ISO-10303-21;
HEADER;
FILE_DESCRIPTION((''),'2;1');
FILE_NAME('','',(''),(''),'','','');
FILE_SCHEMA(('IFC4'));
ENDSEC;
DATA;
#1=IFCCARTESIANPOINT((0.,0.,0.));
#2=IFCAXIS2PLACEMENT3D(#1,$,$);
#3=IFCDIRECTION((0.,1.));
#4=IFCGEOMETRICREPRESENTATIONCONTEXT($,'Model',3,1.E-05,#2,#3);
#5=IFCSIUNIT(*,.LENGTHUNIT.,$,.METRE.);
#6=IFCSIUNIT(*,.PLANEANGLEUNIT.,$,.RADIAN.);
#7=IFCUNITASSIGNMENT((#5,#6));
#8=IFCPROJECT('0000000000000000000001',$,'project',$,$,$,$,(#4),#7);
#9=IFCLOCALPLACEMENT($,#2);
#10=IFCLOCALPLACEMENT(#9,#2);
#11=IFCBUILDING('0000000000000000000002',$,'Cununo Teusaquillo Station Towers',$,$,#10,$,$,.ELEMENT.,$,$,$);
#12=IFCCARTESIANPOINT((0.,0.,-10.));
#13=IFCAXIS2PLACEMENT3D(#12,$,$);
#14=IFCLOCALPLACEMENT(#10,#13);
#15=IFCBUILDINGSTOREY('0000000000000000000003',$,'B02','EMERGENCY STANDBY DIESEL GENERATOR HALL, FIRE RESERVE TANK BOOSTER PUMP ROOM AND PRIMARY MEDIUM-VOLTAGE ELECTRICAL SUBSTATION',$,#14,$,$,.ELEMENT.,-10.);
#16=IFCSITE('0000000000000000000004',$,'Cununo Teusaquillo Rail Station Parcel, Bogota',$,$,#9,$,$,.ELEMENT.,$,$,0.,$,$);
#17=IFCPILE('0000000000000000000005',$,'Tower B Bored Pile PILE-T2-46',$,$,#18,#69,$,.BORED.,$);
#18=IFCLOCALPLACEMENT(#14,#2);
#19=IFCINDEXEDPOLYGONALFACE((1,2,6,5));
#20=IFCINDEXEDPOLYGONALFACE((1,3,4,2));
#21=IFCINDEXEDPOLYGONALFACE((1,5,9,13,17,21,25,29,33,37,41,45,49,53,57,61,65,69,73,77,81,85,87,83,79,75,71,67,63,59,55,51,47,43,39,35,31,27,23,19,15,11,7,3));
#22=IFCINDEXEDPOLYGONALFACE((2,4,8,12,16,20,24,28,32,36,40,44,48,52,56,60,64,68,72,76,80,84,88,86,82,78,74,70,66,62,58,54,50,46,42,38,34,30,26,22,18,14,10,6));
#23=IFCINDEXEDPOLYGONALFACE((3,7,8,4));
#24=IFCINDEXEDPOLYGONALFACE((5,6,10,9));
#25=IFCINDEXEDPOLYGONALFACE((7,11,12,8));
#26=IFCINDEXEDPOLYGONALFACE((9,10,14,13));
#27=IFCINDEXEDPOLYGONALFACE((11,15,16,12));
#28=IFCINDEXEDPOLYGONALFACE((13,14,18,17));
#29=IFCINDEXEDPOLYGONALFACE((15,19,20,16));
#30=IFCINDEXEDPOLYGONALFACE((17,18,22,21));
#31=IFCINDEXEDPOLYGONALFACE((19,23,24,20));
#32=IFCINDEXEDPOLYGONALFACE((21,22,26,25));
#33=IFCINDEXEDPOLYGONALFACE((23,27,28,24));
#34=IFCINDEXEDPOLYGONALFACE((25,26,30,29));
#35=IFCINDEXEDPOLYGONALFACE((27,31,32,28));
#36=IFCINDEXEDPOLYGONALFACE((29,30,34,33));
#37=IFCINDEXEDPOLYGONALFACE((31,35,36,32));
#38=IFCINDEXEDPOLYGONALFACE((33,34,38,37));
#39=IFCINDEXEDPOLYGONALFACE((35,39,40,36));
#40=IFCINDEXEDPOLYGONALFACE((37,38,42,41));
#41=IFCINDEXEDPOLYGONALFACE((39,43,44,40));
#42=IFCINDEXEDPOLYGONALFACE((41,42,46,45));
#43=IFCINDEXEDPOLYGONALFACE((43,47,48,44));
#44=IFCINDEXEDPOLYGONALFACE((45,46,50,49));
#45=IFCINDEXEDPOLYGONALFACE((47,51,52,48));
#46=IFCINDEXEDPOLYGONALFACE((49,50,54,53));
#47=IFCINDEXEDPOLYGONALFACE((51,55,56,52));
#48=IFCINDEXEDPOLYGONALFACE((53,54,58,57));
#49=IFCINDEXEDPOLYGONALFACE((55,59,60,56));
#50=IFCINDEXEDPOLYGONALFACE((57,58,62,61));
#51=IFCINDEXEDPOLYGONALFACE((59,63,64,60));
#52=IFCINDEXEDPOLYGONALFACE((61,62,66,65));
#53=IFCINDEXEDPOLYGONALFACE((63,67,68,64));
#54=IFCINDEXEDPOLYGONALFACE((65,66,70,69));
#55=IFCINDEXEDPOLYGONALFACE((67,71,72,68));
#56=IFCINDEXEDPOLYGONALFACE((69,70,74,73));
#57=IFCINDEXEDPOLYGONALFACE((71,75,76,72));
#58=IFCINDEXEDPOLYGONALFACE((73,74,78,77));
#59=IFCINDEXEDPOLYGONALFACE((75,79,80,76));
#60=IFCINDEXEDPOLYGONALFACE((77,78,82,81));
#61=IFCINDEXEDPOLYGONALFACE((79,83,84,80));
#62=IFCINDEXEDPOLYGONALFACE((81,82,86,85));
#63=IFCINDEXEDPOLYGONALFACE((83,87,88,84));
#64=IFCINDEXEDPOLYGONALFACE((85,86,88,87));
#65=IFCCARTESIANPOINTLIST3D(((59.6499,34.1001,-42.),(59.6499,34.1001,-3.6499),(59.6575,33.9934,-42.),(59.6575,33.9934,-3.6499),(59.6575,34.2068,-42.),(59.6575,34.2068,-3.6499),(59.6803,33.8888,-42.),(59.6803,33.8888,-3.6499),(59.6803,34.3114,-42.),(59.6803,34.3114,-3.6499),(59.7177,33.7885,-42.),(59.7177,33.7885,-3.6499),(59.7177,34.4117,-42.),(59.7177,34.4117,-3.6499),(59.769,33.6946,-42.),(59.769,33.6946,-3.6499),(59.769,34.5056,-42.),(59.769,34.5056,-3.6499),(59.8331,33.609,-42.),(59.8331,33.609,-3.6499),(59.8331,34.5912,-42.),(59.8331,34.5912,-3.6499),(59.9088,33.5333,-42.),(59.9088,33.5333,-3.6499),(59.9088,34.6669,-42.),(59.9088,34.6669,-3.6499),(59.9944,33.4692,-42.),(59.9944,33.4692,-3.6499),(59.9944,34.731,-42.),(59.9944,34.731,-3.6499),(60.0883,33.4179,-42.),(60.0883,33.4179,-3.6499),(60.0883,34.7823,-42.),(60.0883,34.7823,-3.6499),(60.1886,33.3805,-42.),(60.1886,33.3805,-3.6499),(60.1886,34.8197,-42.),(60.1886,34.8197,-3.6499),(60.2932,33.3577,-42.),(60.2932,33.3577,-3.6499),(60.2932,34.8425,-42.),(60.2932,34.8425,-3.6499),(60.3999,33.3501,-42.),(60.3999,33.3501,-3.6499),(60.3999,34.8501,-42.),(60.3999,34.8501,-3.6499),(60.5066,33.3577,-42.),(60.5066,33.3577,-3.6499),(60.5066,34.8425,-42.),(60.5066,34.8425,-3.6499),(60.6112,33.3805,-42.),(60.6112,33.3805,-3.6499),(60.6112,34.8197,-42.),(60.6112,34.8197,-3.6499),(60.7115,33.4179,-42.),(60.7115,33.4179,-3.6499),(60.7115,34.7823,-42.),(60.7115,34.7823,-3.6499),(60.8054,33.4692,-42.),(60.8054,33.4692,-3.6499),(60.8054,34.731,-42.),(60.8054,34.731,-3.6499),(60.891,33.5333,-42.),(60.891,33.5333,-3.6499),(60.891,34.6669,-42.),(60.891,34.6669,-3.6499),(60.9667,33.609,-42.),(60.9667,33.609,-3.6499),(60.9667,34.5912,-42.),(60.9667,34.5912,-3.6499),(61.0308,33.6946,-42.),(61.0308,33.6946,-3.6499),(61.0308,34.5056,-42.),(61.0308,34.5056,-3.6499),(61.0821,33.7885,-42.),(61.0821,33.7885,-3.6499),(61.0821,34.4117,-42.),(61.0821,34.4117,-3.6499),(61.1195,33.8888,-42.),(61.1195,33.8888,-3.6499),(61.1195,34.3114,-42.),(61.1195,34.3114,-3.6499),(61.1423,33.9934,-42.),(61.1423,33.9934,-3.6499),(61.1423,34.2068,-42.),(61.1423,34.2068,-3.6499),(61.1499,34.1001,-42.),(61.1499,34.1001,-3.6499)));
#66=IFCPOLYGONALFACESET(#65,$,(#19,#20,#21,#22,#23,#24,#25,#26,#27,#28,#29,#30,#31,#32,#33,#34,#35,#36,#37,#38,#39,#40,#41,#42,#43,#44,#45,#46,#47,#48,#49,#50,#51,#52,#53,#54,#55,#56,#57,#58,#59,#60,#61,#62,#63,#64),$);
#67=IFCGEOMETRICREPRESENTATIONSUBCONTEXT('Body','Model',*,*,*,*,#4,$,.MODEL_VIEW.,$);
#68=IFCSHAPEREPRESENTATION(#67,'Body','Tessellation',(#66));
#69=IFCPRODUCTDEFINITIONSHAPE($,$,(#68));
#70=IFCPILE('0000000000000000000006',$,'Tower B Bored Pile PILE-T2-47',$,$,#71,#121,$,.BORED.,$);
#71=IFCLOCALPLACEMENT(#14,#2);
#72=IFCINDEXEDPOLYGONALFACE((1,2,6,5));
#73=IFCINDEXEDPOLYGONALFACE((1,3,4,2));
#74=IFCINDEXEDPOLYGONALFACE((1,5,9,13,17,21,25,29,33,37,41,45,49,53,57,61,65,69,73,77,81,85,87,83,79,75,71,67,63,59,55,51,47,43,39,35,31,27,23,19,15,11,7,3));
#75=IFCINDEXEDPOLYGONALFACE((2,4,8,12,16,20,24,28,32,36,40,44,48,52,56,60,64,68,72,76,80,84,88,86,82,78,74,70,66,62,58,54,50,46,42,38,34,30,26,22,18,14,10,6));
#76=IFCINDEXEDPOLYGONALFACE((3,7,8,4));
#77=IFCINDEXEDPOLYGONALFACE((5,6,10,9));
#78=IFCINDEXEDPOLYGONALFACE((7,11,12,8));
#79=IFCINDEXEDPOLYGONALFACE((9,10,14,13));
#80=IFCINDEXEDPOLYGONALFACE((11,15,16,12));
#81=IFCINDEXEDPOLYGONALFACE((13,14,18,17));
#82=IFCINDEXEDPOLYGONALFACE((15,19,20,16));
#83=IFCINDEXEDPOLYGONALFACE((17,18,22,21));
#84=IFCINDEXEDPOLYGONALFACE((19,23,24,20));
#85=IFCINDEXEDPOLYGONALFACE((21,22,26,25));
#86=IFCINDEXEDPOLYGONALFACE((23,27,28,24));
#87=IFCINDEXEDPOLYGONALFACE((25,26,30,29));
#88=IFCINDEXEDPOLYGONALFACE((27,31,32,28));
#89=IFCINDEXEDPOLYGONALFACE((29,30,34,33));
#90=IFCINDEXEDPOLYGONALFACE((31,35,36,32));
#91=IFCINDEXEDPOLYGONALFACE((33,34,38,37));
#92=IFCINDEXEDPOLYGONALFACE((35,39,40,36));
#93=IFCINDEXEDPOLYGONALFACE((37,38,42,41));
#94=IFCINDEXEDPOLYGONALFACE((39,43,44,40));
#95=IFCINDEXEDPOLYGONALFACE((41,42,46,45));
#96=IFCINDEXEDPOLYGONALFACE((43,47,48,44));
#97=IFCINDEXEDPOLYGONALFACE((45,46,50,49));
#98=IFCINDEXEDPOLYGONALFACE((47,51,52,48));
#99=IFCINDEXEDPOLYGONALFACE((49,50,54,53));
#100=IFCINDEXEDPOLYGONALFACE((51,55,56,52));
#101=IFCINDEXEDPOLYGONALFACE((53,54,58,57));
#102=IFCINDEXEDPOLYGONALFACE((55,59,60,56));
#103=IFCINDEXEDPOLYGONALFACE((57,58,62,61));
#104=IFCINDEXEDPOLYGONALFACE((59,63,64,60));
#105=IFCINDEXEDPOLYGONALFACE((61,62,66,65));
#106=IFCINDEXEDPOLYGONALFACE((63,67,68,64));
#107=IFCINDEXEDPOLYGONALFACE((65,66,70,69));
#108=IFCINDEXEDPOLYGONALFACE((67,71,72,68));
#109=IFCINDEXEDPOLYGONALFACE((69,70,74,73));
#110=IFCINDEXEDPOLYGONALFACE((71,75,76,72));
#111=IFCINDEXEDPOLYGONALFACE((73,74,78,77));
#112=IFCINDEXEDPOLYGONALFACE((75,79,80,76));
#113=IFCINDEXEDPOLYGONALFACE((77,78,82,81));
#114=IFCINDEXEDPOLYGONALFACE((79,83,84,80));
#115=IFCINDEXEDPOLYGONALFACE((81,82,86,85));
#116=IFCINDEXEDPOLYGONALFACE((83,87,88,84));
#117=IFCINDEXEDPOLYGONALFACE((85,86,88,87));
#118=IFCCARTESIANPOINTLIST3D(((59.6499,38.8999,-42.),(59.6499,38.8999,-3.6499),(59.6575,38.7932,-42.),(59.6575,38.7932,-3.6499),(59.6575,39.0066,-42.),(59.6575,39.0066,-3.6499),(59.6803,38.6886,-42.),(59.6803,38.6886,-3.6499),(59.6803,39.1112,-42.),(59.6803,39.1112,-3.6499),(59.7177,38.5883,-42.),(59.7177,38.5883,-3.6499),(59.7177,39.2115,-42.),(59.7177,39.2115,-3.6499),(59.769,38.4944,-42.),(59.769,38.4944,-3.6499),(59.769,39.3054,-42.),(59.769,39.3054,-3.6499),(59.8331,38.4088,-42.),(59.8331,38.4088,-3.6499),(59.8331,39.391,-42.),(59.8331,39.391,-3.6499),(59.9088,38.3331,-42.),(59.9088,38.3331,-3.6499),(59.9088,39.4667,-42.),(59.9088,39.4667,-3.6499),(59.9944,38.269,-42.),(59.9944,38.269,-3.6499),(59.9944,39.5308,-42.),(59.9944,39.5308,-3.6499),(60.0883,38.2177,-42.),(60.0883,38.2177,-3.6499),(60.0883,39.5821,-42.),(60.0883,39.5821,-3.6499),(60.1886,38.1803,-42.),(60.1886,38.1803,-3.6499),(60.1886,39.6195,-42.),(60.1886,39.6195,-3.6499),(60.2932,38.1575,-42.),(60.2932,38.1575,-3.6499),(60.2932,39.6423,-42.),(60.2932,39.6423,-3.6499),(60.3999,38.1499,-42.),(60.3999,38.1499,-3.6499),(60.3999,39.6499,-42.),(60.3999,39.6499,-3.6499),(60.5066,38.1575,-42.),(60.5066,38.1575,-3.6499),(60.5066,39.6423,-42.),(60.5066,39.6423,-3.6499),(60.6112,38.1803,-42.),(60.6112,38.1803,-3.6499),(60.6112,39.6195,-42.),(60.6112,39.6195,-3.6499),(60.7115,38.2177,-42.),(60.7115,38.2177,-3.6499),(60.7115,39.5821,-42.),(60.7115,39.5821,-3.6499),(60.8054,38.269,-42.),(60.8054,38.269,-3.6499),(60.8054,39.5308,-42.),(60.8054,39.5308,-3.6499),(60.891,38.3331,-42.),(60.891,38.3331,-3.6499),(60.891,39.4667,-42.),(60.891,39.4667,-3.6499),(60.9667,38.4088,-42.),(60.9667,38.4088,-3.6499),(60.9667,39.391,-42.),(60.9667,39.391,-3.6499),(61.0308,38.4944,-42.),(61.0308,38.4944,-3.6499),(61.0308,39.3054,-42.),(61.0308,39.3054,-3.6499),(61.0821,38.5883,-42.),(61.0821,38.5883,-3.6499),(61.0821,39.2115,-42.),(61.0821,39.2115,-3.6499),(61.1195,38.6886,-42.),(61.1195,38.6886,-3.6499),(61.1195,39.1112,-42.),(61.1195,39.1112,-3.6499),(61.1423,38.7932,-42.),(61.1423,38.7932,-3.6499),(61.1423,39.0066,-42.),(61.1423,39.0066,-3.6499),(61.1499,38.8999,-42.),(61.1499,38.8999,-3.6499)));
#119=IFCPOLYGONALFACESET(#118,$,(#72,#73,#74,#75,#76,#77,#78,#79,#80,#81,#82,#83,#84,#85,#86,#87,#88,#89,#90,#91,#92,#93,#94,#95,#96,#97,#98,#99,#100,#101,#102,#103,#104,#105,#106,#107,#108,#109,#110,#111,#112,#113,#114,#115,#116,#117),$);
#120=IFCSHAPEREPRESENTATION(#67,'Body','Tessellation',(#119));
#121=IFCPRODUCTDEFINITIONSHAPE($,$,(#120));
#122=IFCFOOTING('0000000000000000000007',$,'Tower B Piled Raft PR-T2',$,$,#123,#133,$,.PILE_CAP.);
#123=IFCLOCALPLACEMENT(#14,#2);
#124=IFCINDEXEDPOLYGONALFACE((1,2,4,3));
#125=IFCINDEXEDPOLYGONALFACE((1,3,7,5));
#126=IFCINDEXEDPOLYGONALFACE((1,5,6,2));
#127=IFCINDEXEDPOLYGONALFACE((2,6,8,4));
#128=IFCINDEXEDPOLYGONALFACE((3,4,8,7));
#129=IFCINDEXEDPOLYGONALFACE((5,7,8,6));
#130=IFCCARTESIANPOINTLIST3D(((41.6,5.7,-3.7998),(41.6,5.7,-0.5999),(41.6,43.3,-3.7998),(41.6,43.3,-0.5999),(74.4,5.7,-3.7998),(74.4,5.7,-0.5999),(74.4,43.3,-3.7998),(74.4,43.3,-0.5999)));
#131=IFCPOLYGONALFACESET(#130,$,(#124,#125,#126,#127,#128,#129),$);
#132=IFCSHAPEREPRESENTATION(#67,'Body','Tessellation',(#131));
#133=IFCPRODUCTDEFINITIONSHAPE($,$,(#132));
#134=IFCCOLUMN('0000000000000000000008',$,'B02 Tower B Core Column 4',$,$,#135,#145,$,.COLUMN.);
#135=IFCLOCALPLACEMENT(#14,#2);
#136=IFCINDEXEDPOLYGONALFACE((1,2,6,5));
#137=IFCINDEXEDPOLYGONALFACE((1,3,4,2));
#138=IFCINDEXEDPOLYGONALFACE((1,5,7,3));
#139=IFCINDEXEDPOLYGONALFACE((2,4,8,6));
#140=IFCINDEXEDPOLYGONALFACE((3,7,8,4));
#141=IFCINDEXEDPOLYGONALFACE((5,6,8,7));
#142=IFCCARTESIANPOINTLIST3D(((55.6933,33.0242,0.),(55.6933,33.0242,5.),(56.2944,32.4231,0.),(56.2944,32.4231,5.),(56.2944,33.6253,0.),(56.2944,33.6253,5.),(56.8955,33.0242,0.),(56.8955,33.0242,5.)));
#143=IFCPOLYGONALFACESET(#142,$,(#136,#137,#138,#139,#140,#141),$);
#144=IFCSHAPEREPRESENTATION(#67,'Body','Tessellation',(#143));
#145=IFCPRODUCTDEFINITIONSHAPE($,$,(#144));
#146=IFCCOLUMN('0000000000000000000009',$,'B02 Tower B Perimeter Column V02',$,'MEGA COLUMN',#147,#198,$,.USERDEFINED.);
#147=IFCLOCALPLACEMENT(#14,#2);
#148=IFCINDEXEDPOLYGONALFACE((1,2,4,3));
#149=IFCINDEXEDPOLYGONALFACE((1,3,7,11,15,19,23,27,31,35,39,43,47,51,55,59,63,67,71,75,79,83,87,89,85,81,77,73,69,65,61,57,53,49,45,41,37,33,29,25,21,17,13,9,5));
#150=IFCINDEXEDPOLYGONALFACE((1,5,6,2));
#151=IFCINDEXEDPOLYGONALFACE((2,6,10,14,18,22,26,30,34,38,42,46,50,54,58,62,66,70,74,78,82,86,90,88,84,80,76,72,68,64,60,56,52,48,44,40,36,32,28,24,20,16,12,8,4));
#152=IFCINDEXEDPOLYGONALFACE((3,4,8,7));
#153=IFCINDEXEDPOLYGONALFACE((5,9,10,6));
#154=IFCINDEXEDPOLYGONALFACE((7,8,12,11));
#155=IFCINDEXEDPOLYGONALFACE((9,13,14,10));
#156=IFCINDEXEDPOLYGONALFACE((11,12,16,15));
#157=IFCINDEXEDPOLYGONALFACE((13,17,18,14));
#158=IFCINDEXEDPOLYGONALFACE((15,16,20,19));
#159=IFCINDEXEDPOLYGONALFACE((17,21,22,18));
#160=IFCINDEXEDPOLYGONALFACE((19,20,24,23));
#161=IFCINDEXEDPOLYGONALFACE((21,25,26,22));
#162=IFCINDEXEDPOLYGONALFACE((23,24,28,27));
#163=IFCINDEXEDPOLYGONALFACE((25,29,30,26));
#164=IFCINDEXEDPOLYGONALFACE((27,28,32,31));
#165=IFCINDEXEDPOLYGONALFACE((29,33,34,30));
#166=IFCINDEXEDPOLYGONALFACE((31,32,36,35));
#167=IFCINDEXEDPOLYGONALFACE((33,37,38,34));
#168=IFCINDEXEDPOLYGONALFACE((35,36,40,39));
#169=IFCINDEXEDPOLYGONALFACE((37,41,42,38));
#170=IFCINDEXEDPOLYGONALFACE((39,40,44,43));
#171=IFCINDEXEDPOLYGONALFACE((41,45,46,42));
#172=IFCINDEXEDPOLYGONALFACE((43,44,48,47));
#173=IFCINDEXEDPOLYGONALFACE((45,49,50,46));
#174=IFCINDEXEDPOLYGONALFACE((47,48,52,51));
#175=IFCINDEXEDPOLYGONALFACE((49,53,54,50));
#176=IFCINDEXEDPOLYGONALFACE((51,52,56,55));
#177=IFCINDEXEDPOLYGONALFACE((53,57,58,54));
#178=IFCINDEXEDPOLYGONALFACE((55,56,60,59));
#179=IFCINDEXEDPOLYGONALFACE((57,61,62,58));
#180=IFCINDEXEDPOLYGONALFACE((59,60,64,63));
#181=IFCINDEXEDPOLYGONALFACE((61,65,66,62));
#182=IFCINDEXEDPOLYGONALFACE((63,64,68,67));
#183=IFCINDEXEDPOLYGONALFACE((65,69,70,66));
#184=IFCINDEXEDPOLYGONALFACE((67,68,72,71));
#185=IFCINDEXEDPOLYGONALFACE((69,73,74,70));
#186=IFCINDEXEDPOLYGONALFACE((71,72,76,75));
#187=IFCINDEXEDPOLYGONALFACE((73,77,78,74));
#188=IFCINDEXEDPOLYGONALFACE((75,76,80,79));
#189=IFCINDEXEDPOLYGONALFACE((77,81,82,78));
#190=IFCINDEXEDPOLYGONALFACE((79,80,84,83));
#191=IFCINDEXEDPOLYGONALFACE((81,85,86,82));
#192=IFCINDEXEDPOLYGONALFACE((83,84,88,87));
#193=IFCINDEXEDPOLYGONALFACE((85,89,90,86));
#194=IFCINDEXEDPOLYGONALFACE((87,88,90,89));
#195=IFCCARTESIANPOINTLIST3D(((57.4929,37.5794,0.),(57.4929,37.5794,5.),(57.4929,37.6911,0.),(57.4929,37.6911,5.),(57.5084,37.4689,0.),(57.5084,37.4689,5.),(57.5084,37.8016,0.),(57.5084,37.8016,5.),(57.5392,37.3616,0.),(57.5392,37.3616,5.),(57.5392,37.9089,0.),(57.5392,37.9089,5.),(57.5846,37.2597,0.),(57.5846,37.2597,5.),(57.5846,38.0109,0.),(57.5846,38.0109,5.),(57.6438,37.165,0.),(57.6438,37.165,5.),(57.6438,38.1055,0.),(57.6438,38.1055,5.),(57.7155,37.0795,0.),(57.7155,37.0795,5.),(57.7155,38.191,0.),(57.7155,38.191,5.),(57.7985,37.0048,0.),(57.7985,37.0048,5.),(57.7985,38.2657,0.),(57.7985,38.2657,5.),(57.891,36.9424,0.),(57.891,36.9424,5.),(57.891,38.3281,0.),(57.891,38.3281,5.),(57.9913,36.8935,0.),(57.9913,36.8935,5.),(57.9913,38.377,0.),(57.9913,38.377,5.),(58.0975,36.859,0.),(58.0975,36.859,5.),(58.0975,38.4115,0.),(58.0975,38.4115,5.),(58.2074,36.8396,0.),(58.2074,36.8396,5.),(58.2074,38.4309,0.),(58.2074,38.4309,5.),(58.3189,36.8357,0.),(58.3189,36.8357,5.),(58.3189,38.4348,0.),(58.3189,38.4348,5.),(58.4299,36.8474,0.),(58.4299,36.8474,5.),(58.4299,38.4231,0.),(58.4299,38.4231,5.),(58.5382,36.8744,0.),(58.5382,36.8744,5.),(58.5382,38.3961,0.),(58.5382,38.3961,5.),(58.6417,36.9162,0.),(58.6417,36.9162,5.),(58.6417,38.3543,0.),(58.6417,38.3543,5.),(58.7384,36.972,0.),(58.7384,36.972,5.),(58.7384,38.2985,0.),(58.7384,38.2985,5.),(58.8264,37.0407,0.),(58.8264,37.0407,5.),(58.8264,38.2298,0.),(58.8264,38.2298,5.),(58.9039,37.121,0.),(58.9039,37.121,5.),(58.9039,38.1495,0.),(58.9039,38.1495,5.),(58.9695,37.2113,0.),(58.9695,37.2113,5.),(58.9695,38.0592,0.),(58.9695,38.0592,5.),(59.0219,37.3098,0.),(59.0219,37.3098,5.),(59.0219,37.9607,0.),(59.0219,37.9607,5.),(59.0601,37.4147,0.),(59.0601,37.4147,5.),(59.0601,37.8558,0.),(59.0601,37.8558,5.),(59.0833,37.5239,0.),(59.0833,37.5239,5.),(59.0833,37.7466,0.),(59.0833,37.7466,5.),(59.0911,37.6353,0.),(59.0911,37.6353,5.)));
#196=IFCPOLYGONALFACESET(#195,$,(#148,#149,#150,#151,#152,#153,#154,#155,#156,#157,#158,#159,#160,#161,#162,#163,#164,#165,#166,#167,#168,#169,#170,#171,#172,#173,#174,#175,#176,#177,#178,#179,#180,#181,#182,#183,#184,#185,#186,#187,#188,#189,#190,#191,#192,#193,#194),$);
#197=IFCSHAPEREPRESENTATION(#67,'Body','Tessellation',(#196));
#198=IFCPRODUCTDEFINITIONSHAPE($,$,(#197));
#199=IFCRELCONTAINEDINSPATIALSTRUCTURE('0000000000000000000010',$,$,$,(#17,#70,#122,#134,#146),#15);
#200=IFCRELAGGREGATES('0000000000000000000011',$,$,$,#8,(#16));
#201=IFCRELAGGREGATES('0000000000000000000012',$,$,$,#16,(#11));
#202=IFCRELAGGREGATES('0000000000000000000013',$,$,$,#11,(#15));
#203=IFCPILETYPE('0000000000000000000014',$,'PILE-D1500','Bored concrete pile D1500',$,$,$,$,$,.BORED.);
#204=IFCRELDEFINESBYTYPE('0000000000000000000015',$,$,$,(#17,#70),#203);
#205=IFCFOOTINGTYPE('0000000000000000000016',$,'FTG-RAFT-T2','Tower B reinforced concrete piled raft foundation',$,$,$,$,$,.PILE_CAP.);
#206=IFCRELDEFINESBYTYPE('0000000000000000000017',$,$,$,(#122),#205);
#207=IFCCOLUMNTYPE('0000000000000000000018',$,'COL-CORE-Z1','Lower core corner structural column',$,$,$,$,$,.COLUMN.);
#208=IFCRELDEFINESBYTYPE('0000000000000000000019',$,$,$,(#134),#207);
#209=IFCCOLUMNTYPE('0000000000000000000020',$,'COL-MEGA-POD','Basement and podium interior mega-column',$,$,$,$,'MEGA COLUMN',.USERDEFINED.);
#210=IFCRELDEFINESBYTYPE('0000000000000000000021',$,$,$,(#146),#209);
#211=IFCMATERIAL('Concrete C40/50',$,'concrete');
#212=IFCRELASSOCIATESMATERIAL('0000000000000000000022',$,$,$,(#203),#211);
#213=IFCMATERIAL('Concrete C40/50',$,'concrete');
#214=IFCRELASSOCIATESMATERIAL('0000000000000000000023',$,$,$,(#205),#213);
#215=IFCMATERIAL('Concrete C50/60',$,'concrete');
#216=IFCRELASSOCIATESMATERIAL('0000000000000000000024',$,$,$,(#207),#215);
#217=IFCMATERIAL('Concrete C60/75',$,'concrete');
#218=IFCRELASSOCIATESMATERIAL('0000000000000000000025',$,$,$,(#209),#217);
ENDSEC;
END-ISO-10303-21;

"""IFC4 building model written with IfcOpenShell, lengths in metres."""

from ifc_helpers import new_model, si_unit, direction, frame, origin, origin_2d, place, context, subcontext, project, spatial, rectangle, circle, extrude, source, transform, mapped, material, material_profile, profile_set, type_object, element, save


model = new_model("IFC4")

# Units and contexts
model_context = context("Model", 3, precision=1e-05, world=origin(), true_north=direction((0.0, 1.0)))
body_context = subcontext(model_context, "Body", "Model", "MODEL_VIEW")
ifc_project = project(units=[si_unit("LENGTHUNIT", "METRE"), si_unit("PLANEANGLEUNIT", "RADIAN")], contexts=[model_context])

# Site, building, storey
site_placement = place(None, origin())
site = spatial("IfcSite", under=ifc_project, at=site_placement, Name="Cununo Teusaquillo Rail Station Parcel, Bogota", CompositionType="ELEMENT", RefElevation=0.0)
building_placement = place(site_placement, origin())
building = spatial("IfcBuilding", under=site, at=building_placement, Name="Cununo Teusaquillo Station Towers", CompositionType="ELEMENT")
storey_placement = place(building_placement, frame((0.0, 0.0, -10.0)))
storey = spatial("IfcBuildingStorey", under=building, at=storey_placement, Name="B02", Description="EMERGENCY STANDBY DIESEL GENERATOR HALL, FIRE RESERVE TANK BOOSTER PUMP ROOM AND PRIMARY MEDIUM-VOLTAGE ELECTRICAL SUBSTATION", CompositionType="ELEMENT", Elevation=-10.0)

# Piles
ifc_material_1 = material(Name="Concrete C40/50", Category="concrete")
ifc_material_profile_1 = material_profile(ifc_material_1, circle(Radius=0.75, at=origin_2d()), Name="PILE-BORED-1500")
ifc_profile_set_1 = profile_set([ifc_material_profile_1], Name="Concrete C40/50")
pile_type = type_object("IfcPileType", Name="PILE-D1500", Description="Bored concrete pile D1500", PredefinedType="BORED", material=ifc_profile_set_1)
for number, where, z_axis, x_axis, name in (
    (1, (60.3999, 34.1001, -3.6499), (0.0, 0.0, -1.0), (1.0, 0.0, 0.0), "Tower B Bored Pile PILE-T2-46"),
    (2, (60.3999, 38.8999, -3.6499), (0.0, 0.0, -1.0), (1.0, 0.0, 0.0), "Tower B Bored Pile PILE-T2-47"),
):
    element("IfcPile", number, at=place(storey_placement, frame(where, z_axis=z_axis, x_axis=x_axis)), inside=storey, type_object=pile_type, Name=name, PredefinedType="BORED", context=body_context, shape_type="SweptSolid", body=[
        extrude(circle(Radius=0.75, at=origin_2d()), origin(), (0.0, 0.0, 1.0), 38.3501),
    ])

# Footing
ifc_material_2 = material(Name="Concrete C40/50", Category="concrete")
footing_type = type_object("IfcFootingType", Name="FTG-RAFT-T2", Description="Tower B reinforced concrete piled raft foundation", PredefinedType="PILE_CAP", material=ifc_material_2)
shared_shape = source(origin(), body_context, "Body", "SweptSolid", [
    extrude(rectangle(XDim=32.8, YDim=37.6001, at=origin_2d()), origin(), (0.0, 0.0, 1.0), 3.2),
])
footing_placement = place(storey_placement, frame((58.0, 24.5, -3.7998), z_axis=(0.0, 0.0, 1.0), x_axis=(1.0, 0.0, 0.0)))
element("IfcFooting", 3, at=footing_placement, inside=storey, type_object=footing_type, Name="Tower B Piled Raft PR-T2", PredefinedType="PILE_CAP", context=body_context, shape_type="MappedRepresentation", body=[
    mapped(shared_shape, transform((0.0, 0.0, 0.0), x_axis=(1.0, 0.0, 0.0), y_axis=(0.0, 1.0, 0.0), z_axis=(0.0, 0.0, 1.0), scale=1.0)),
])

# Columns
ifc_material_3 = material(Name="Concrete C50/60", Category="concrete")
ifc_material_profile_2 = material_profile(ifc_material_3, rectangle(XDim=0.8501, YDim=0.8501, at=origin_2d()), Name="RC-RECT-850x850")
ifc_profile_set_2 = profile_set([ifc_material_profile_2], Name="Concrete C50/60")
column_type_1 = type_object("IfcColumnType", Name="COL-CORE-Z1", Description="Lower core corner structural column", PredefinedType="COLUMN", material=ifc_profile_set_2)
column_1_placement = place(storey_placement, frame((56.2944, 33.0242, 0.0), z_axis=(0.0, 0.0, 1.0), x_axis=(0.707107, 0.707107, 0.0)))
element("IfcColumn", 4, at=column_1_placement, inside=storey, type_object=column_type_1, Name="B02 Tower B Core Column 4", PredefinedType="COLUMN", context=body_context, shape_type="SweptSolid", body=[
    extrude(rectangle(XDim=0.8501, YDim=0.8501, at=origin_2d()), origin(), (0.0, 0.0, 1.0), 5.0),
])
ifc_material_4 = material(Name="Concrete C60/75", Category="concrete")
ifc_material_profile_3 = material_profile(ifc_material_4, circle(Radius=0.8, at=origin_2d()), Name="RC-CIRC-1600")
ifc_profile_set_3 = profile_set([ifc_material_profile_3], Name="Concrete C60/75")
column_type_2 = type_object("IfcColumnType", Name="COL-MEGA-POD", Description="Basement and podium interior mega-column", ElementType="MEGA COLUMN", PredefinedType="USERDEFINED", material=ifc_profile_set_3)
column_2_placement = place(storey_placement, frame((58.291, 37.6353, 0.0), z_axis=(0.0, 0.0, 1.0), x_axis=(1.0, 0.0, 0.0)))
element("IfcColumn", 5, at=column_2_placement, inside=storey, type_object=column_type_2, Name="B02 Tower B Perimeter Column V02", ObjectType="MEGA COLUMN", PredefinedType="USERDEFINED", context=body_context, shape_type="SweptSolid", body=[
    extrude(circle(Radius=0.8, at=origin_2d()), origin(), (0.0, 0.0, 1.0), 5.0),
])

save(model, "model.ifc")
